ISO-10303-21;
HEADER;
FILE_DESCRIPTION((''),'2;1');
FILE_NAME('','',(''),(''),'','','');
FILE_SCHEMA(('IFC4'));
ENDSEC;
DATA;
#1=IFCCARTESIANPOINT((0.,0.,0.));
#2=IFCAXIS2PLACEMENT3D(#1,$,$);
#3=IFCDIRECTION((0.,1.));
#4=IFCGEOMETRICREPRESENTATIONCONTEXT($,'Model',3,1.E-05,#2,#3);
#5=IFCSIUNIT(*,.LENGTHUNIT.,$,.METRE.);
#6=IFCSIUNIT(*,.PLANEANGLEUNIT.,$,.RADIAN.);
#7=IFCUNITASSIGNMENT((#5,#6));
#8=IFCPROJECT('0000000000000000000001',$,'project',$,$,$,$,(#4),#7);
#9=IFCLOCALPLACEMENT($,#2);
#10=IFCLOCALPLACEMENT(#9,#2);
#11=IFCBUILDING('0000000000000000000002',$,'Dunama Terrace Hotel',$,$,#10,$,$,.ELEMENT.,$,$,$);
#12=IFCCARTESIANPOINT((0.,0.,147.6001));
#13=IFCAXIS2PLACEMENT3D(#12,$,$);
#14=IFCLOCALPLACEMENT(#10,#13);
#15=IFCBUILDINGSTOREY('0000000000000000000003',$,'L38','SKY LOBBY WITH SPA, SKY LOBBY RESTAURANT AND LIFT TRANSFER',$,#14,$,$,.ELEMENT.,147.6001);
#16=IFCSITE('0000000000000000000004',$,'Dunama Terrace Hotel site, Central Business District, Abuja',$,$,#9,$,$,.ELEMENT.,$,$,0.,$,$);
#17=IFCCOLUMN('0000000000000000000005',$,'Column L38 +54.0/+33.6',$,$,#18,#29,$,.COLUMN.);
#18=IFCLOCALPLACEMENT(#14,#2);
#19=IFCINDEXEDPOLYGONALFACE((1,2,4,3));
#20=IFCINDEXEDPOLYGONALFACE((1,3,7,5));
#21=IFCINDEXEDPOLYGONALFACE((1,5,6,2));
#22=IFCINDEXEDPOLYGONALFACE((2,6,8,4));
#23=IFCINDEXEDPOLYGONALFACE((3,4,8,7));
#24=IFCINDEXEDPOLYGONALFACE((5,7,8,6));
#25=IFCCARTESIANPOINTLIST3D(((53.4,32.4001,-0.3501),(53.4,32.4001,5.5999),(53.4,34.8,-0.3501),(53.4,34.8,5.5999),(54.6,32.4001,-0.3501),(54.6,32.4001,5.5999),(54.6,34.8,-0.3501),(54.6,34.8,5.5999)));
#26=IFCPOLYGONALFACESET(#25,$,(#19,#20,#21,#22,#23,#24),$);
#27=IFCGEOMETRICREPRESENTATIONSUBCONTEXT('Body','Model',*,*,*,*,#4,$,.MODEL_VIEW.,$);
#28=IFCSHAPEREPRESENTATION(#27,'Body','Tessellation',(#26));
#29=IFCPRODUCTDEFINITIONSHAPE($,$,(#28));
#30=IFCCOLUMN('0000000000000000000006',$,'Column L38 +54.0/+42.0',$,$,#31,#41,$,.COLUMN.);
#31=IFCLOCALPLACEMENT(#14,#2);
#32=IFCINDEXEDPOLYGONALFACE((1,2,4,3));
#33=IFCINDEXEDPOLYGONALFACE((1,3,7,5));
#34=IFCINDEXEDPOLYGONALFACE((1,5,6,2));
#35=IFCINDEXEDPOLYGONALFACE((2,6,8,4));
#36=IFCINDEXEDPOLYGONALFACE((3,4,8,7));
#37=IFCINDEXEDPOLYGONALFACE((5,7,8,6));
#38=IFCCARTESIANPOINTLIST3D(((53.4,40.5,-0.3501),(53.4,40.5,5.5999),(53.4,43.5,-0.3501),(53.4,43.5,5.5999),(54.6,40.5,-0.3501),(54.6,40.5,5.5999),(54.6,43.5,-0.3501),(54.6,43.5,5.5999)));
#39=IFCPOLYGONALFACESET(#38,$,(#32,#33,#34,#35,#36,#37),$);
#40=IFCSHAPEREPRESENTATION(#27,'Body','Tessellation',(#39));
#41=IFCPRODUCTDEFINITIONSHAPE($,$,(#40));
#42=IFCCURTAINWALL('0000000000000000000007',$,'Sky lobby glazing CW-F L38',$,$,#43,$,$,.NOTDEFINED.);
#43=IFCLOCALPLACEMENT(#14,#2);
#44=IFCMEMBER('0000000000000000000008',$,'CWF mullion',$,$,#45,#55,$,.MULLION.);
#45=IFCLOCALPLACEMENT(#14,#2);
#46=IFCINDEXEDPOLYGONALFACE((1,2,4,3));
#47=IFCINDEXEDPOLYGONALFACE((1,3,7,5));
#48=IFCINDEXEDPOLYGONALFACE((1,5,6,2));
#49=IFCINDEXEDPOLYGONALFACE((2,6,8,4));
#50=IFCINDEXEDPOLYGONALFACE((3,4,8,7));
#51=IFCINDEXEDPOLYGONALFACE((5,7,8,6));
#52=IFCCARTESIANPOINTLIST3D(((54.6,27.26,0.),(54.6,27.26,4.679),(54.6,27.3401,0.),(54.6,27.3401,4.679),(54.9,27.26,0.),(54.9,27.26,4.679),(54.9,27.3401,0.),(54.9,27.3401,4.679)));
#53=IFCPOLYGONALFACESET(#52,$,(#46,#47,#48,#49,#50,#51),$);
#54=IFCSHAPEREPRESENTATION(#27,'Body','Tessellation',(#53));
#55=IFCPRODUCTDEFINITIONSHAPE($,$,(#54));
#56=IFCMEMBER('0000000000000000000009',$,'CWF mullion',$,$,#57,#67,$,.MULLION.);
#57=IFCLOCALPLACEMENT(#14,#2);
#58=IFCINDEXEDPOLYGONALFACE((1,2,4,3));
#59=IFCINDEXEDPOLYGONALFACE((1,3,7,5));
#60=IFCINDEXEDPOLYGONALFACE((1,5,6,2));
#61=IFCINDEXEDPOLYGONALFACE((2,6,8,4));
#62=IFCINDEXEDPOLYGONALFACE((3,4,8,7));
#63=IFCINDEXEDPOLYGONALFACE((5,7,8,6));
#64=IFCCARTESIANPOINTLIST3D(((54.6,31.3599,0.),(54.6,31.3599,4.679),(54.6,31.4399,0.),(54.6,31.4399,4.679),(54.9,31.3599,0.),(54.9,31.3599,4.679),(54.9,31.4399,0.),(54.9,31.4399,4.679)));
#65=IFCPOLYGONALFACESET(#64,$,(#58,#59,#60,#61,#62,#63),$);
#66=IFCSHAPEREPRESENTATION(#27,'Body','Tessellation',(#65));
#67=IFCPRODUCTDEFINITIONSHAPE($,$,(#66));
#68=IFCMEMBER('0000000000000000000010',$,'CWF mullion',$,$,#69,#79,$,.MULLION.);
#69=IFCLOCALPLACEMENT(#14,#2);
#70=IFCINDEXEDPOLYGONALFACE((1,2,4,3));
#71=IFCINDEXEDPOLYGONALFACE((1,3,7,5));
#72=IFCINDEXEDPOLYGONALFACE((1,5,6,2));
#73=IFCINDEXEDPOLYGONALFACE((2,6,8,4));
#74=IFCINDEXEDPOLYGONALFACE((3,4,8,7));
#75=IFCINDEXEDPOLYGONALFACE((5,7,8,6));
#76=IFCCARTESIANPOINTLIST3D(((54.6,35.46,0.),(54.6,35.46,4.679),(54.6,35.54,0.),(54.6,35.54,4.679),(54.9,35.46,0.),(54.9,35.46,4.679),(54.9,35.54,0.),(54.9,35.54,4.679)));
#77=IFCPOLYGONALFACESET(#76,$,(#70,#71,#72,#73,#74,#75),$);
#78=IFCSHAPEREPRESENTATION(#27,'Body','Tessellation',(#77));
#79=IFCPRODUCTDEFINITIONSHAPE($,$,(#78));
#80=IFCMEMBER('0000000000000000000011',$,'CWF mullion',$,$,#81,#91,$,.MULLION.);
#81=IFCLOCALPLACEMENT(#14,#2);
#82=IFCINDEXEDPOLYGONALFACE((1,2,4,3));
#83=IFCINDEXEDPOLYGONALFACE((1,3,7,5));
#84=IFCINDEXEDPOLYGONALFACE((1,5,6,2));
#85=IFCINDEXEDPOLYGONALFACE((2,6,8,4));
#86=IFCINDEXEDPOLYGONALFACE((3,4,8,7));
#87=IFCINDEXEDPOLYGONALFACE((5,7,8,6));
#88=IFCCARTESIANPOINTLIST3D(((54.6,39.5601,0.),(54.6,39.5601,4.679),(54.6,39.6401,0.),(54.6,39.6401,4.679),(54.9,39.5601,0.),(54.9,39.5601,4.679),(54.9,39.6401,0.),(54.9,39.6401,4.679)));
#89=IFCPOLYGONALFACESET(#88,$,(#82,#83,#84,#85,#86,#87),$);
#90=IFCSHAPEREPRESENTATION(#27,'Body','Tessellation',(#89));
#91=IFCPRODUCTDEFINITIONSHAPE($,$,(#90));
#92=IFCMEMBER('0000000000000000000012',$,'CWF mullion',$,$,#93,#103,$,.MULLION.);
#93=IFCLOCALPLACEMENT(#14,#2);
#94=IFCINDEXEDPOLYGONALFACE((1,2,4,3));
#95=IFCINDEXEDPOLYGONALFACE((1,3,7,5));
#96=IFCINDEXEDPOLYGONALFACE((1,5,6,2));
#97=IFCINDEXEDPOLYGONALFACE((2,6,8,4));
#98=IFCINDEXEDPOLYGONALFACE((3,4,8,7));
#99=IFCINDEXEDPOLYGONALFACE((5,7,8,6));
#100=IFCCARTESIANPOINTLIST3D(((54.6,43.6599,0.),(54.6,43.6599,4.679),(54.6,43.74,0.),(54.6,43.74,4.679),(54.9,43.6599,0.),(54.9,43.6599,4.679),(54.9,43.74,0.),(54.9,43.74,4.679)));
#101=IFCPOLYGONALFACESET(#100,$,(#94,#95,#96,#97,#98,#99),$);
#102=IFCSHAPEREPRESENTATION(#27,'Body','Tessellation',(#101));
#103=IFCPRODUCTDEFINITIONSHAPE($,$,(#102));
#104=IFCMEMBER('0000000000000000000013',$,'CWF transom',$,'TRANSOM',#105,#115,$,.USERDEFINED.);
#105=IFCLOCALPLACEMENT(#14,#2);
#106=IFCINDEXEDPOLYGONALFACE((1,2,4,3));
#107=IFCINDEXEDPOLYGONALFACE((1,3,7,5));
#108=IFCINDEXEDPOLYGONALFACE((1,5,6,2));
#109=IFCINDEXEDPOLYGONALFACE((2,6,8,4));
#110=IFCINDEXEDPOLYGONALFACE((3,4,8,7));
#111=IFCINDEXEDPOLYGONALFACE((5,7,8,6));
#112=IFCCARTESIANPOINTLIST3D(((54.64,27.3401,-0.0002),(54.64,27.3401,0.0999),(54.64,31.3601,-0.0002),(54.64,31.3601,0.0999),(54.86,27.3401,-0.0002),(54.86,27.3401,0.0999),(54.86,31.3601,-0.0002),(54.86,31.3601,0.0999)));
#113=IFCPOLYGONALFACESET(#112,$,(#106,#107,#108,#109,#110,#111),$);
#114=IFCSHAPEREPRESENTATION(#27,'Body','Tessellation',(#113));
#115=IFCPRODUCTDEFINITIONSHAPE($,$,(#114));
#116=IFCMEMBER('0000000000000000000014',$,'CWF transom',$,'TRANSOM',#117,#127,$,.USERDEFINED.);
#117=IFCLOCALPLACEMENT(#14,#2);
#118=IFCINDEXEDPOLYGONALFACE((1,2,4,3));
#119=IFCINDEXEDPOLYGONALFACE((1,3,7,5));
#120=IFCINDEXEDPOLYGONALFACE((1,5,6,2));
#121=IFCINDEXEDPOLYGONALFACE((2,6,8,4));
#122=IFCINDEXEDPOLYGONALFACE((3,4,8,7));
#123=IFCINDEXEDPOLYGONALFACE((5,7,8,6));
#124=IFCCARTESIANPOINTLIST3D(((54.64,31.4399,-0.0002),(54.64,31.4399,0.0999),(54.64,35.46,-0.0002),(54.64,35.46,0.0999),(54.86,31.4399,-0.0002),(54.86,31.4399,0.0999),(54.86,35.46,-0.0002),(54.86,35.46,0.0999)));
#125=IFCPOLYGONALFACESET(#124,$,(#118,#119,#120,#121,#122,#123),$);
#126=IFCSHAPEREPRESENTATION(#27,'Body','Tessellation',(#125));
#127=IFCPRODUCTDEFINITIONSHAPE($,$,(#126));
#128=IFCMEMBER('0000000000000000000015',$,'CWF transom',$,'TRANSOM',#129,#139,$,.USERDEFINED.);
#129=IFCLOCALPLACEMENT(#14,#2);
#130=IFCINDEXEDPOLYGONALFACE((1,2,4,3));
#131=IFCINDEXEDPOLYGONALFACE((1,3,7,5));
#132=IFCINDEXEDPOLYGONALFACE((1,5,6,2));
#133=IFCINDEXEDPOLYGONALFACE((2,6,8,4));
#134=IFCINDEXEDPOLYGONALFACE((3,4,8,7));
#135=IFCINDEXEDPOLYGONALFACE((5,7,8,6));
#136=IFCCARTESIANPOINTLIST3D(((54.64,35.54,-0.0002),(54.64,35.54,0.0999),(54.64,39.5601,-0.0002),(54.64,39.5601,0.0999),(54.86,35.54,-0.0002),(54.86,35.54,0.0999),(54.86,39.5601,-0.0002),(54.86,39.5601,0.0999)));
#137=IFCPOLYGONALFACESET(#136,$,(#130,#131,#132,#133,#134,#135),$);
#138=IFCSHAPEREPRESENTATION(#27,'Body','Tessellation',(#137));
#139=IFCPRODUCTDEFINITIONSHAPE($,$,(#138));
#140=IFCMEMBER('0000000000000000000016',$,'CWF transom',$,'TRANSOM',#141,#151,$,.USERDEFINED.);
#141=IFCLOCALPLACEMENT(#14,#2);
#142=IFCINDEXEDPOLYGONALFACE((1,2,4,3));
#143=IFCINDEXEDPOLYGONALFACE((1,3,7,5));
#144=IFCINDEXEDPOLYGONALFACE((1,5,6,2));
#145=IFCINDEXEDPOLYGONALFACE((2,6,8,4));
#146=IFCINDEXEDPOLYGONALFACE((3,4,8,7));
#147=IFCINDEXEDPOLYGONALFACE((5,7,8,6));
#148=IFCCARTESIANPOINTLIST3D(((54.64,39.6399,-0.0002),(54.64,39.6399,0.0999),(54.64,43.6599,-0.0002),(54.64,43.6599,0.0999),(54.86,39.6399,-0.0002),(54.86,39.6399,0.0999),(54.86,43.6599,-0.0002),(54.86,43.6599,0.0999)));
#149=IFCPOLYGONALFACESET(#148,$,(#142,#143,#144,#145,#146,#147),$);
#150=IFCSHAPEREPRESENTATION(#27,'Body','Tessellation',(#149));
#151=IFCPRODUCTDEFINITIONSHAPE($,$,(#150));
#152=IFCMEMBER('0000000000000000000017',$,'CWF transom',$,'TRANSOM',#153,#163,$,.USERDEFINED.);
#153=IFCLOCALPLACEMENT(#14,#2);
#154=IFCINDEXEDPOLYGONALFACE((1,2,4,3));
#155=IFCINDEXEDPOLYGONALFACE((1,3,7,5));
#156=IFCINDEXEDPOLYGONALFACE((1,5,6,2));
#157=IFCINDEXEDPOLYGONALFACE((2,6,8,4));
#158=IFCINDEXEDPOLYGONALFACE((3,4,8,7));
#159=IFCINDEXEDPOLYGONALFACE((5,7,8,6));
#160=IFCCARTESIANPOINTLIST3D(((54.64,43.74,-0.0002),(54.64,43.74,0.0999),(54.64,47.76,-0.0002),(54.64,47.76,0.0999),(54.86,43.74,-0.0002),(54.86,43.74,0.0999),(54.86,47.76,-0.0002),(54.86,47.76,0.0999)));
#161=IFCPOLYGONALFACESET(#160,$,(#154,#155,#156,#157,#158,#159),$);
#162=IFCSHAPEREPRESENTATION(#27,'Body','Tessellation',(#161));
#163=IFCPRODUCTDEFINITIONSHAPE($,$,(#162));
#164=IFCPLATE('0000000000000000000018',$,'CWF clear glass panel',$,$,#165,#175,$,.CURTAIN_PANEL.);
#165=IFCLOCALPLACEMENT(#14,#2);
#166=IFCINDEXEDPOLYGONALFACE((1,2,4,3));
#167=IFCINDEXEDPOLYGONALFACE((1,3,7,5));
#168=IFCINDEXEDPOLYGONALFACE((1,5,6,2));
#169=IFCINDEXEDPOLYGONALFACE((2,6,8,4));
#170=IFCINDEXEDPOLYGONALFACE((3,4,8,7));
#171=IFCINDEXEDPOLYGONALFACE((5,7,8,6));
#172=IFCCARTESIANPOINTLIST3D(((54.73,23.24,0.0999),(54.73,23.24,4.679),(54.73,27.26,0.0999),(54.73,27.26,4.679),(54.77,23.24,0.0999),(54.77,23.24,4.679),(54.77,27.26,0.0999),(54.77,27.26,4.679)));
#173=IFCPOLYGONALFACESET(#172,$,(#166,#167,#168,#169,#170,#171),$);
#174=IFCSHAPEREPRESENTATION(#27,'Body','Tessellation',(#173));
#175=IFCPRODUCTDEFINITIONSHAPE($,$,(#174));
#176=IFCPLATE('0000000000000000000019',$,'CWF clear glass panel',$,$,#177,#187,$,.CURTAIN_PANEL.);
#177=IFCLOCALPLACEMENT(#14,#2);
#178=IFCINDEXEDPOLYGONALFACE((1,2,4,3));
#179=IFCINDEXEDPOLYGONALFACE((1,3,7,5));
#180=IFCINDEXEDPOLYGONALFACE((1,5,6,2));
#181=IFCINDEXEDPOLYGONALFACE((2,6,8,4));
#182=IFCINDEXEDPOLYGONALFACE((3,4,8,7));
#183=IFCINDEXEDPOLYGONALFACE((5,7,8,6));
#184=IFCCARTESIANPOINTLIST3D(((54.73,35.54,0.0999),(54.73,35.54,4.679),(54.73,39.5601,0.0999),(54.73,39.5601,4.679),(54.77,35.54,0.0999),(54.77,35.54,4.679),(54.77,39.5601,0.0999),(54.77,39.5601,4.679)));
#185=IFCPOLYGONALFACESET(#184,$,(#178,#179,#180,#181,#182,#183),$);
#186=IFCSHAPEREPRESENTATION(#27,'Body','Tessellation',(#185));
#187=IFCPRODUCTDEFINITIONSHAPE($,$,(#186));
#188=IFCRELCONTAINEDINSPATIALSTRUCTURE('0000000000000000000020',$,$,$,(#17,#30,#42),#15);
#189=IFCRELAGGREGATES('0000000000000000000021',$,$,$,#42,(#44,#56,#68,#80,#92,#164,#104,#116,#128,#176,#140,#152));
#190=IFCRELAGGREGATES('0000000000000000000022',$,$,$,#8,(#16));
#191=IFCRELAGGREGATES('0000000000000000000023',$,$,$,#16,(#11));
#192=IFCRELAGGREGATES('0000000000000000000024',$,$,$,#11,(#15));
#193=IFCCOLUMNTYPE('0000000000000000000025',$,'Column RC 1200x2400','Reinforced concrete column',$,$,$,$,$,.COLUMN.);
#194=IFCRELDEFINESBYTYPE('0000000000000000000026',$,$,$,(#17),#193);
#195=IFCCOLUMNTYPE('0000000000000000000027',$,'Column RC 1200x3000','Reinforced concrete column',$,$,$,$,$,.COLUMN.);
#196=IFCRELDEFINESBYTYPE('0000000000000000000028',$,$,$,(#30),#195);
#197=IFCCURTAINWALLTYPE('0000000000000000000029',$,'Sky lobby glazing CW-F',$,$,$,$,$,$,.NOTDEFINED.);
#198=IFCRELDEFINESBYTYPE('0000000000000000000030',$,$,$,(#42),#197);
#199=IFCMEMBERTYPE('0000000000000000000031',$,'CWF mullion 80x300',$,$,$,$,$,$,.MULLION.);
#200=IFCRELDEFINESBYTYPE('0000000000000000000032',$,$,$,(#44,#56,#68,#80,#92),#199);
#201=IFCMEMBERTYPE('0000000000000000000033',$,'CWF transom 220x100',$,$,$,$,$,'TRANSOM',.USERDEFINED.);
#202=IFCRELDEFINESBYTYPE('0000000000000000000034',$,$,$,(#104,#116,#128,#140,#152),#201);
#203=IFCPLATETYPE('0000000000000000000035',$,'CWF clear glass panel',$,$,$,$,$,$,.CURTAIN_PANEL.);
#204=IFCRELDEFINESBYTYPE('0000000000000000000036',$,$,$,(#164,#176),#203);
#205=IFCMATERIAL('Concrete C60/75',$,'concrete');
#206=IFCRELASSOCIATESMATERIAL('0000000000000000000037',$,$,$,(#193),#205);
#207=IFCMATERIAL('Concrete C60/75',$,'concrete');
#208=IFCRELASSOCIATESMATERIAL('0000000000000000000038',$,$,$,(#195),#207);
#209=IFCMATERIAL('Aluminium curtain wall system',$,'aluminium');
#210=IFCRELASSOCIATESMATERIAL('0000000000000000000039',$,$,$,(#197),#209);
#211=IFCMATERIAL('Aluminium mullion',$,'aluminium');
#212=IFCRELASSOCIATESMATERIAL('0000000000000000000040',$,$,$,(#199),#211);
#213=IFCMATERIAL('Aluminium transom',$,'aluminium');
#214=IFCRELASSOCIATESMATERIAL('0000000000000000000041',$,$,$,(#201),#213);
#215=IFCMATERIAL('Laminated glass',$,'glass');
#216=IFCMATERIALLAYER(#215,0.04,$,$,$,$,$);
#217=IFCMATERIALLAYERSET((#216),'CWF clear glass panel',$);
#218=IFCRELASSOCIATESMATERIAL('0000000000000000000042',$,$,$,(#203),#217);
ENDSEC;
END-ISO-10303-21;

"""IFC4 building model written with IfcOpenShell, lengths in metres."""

from ifc_helpers import new_model, si_unit, direction, frame, origin, origin_2d, place, context, subcontext, project, spatial, rectangle, extrude, material, layer, layer_set, material_profile, profile_set, type_object, element, aggregate, save


model = new_model("IFC4")

# Units and contexts
model_context = context("Model", 3, precision=1e-05, world=origin(), true_north=direction((0.0, 1.0)))
body_context = subcontext(model_context, "Body", "Model", "MODEL_VIEW")
ifc_project = project(units=[si_unit("LENGTHUNIT", "METRE"), si_unit("PLANEANGLEUNIT", "RADIAN")], contexts=[model_context])

# Site, building, storey
site_placement = place(None, origin())
site = spatial("IfcSite", under=ifc_project, at=site_placement, Name="Dunama Terrace Hotel site, Central Business District, Abuja", CompositionType="ELEMENT", RefElevation=0.0)
building_placement = place(site_placement, origin())
building = spatial("IfcBuilding", under=site, at=building_placement, Name="Dunama Terrace Hotel", CompositionType="ELEMENT")
storey_placement = place(building_placement, frame((0.0, 0.0, 147.6001)))
storey = spatial("IfcBuildingStorey", under=building, at=storey_placement, Name="L38", Description="SKY LOBBY WITH SPA, SKY LOBBY RESTAURANT AND LIFT TRANSFER", CompositionType="ELEMENT", Elevation=147.6001)

# Columns
ifc_material_1 = material(Name="Concrete C60/75", Category="concrete")
ifc_material_profile_1 = material_profile(ifc_material_1, rectangle(XDim=1.2, YDim=2.3999, at=origin_2d()), Name="RC 1200x2400")
ifc_profile_set_1 = profile_set([ifc_material_profile_1], Name="Concrete C60/75")
column_type_1 = type_object("IfcColumnType", Name="Column RC 1200x2400", Description="Reinforced concrete column", PredefinedType="COLUMN", material=ifc_profile_set_1)
column_1_placement = place(storey_placement, frame((54.0, 33.6001, -0.3501), z_axis=(0.0, 0.0, 1.0), x_axis=(1.0, 0.0, 0.0)))
element("IfcColumn", 1, at=column_1_placement, inside=storey, type_object=column_type_1, Name="Column L38 +54.0/+33.6", PredefinedType="COLUMN", context=body_context, shape_type="SweptSolid", body=[
    extrude(rectangle(XDim=1.2, YDim=2.3999, at=origin_2d()), origin(), (0.0, 0.0, 1.0), 5.95),
])
ifc_material_2 = material(Name="Concrete C60/75", Category="concrete")
ifc_material_profile_2 = material_profile(ifc_material_2, rectangle(XDim=1.2, YDim=3.0, at=origin_2d()), Name="RC 1200x3000")
ifc_profile_set_2 = profile_set([ifc_material_profile_2], Name="Concrete C60/75")
column_type_2 = type_object("IfcColumnType", Name="Column RC 1200x3000", Description="Reinforced concrete column", PredefinedType="COLUMN", material=ifc_profile_set_2)
column_2_placement = place(storey_placement, frame((54.0, 42.0, -0.3501), z_axis=(0.0, 0.0, 1.0), x_axis=(1.0, 0.0, 0.0)))
element("IfcColumn", 2, at=column_2_placement, inside=storey, type_object=column_type_2, Name="Column L38 +54.0/+42.0", PredefinedType="COLUMN", context=body_context, shape_type="SweptSolid", body=[
    extrude(rectangle(XDim=1.2, YDim=3.0, at=origin_2d()), origin(), (0.0, 0.0, 1.0), 5.95),
])

# Curtain wall, members, plates
ifc_material_3 = material(Name="Aluminium curtain wall system", Category="aluminium")
curtain_wall_type = type_object("IfcCurtainWallType", Name="Sky lobby glazing CW-F", PredefinedType="NOTDEFINED", material=ifc_material_3)
curtain_wall_placement = place(storey_placement, origin())
curtain_wall = element("IfcCurtainWall", 3, at=curtain_wall_placement, inside=storey, type_object=curtain_wall_type, Name="Sky lobby glazing CW-F L38", PredefinedType="NOTDEFINED")
ifc_material_4 = material(Name="Aluminium mullion", Category="aluminium")
ifc_material_profile_3 = material_profile(ifc_material_4, rectangle(XDim=0.0801, YDim=0.3, at=origin_2d()), Name="CWF MULLION 80X300")
ifc_profile_set_3 = profile_set([ifc_material_profile_3], Name="Aluminium mullion")
member_type_1 = type_object("IfcMemberType", Name="CWF mullion 80x300", PredefinedType="MULLION", material=ifc_profile_set_3)
member_1_placement = place(storey_placement, frame((54.75, 27.3, 0.0), z_axis=(0.0, 0.0, 1.0), x_axis=(0.0, 1.0, 0.0)))
member_1 = element("IfcMember", 4, at=member_1_placement, type_object=member_type_1, Name="CWF mullion", PredefinedType="MULLION", context=body_context, shape_type="SweptSolid", body=[
    extrude(rectangle(XDim=0.0801, YDim=0.3, at=origin_2d()), origin(), (0.0, 0.0, 1.0), 4.679),
])
member_2_placement = place(storey_placement, frame((54.75, 31.3999, 0.0), z_axis=(0.0, 0.0, 1.0), x_axis=(0.0, 1.0, 0.0)))
member_2 = element("IfcMember", 5, at=member_2_placement, type_object=member_type_1, Name="CWF mullion", PredefinedType="MULLION", context=body_context, shape_type="SweptSolid", body=[
    extrude(rectangle(XDim=0.0801, YDim=0.3, at=origin_2d()), origin(), (0.0, 0.0, 1.0), 4.679),
])
member_3_placement = place(storey_placement, frame((54.75, 35.5, 0.0), z_axis=(0.0, 0.0, 1.0), x_axis=(0.0, 1.0, 0.0)))
member_3 = element("IfcMember", 6, at=member_3_placement, type_object=member_type_1, Name="CWF mullion", PredefinedType="MULLION", context=body_context, shape_type="SweptSolid", body=[
    extrude(rectangle(XDim=0.0801, YDim=0.3, at=origin_2d()), origin(), (0.0, 0.0, 1.0), 4.679),
])
member_4_placement = place(storey_placement, frame((54.75, 39.6001, 0.0), z_axis=(0.0, 0.0, 1.0), x_axis=(0.0, 1.0, 0.0)))
member_4 = element("IfcMember", 7, at=member_4_placement, type_object=member_type_1, Name="CWF mullion", PredefinedType="MULLION", context=body_context, shape_type="SweptSolid", body=[
    extrude(rectangle(XDim=0.0801, YDim=0.3, at=origin_2d()), origin(), (0.0, 0.0, 1.0), 4.679),
])
member_5_placement = place(storey_placement, frame((54.75, 43.7, 0.0), z_axis=(0.0, 0.0, 1.0), x_axis=(0.0, 1.0, 0.0)))
member_5 = element("IfcMember", 8, at=member_5_placement, type_object=member_type_1, Name="CWF mullion", PredefinedType="MULLION", context=body_context, shape_type="SweptSolid", body=[
    extrude(rectangle(XDim=0.0801, YDim=0.3, at=origin_2d()), origin(), (0.0, 0.0, 1.0), 4.679),
])
ifc_material_5 = material(Name="Aluminium transom", Category="aluminium")
ifc_material_profile_4 = material_profile(ifc_material_5, rectangle(XDim=0.22, YDim=0.1001, at=origin_2d()), Name="CWF TRANSOM 220X100")
ifc_profile_set_4 = profile_set([ifc_material_profile_4], Name="Aluminium transom")
member_type_2 = type_object("IfcMemberType", Name="CWF transom 220x100", ElementType="TRANSOM", PredefinedType="USERDEFINED", material=ifc_profile_set_4)
member_6_placement = place(storey_placement, frame((54.75, 27.3401, 0.0498), z_axis=(0.0, 1.0, 0.0), x_axis=(-1.0, 0.0, 0.0)))
member_6 = element("IfcMember", 9, at=member_6_placement, type_object=member_type_2, Name="CWF transom", ObjectType="TRANSOM", PredefinedType="USERDEFINED", context=body_context, shape_type="SweptSolid", body=[
    extrude(rectangle(XDim=0.22, YDim=0.1001, at=origin_2d()), origin(), (0.0, 0.0, 1.0), 4.02),
])
member_7_placement = place(storey_placement, frame((54.75, 31.4399, 0.0498), z_axis=(0.0, 1.0, 0.0), x_axis=(-1.0, 0.0, 0.0)))
member_7 = element("IfcMember", 10, at=member_7_placement, type_object=member_type_2, Name="CWF transom", ObjectType="TRANSOM", PredefinedType="USERDEFINED", context=body_context, shape_type="SweptSolid", body=[
    extrude(rectangle(XDim=0.22, YDim=0.1001, at=origin_2d()), origin(), (0.0, 0.0, 1.0), 4.02),
])
member_8_placement = place(storey_placement, frame((54.75, 35.54, 0.0498), z_axis=(0.0, 1.0, 0.0), x_axis=(-1.0, 0.0, 0.0)))
member_8 = element("IfcMember", 11, at=member_8_placement, type_object=member_type_2, Name="CWF transom", ObjectType="TRANSOM", PredefinedType="USERDEFINED", context=body_context, shape_type="SweptSolid", body=[
    extrude(rectangle(XDim=0.22, YDim=0.1001, at=origin_2d()), origin(), (0.0, 0.0, 1.0), 4.02),
])
member_9_placement = place(storey_placement, frame((54.75, 39.6399, 0.0498), z_axis=(0.0, 1.0, 0.0), x_axis=(-1.0, 0.0, 0.0)))
member_9 = element("IfcMember", 12, at=member_9_placement, type_object=member_type_2, Name="CWF transom", ObjectType="TRANSOM", PredefinedType="USERDEFINED", context=body_context, shape_type="SweptSolid", body=[
    extrude(rectangle(XDim=0.22, YDim=0.1001, at=origin_2d()), origin(), (0.0, 0.0, 1.0), 4.02),
])
member_10_placement = place(storey_placement, frame((54.75, 43.74, 0.0498), z_axis=(0.0, 1.0, 0.0), x_axis=(-1.0, 0.0, 0.0)))
member_10 = element("IfcMember", 13, at=member_10_placement, type_object=member_type_2, Name="CWF transom", ObjectType="TRANSOM", PredefinedType="USERDEFINED", context=body_context, shape_type="SweptSolid", body=[
    extrude(rectangle(XDim=0.22, YDim=0.1001, at=origin_2d()), origin(), (0.0, 0.0, 1.0), 4.02),
])
ifc_material_6 = material(Name="Laminated glass", Category="glass")
ifc_layer_1 = layer(ifc_material_6, 0.04)
ifc_layer_set_1 = layer_set([ifc_layer_1], Name="CWF clear glass panel")
plate_type_1 = type_object("IfcPlateType", Name="CWF clear glass panel", PredefinedType="CURTAIN_PANEL", material=ifc_layer_set_1)
plate_1_placement = place(storey_placement, frame((54.75, 25.25, 0.0999), z_axis=(0.0, 0.0, 1.0), x_axis=(0.0, 1.0, 0.0)))
plate_1 = element("IfcPlate", 14, at=plate_1_placement, type_object=plate_type_1, Name="CWF clear glass panel", PredefinedType="CURTAIN_PANEL", context=body_context, shape_type="SweptSolid", body=[
    extrude(rectangle(XDim=4.02, YDim=0.04, at=origin_2d()), origin(), (0.0, 0.0, 1.0), 4.5791),
])
plate_2_placement = place(storey_placement, frame((54.75, 37.55, 0.0999), z_axis=(0.0, 0.0, 1.0), x_axis=(0.0, 1.0, 0.0)))
plate_2 = element("IfcPlate", 15, at=plate_2_placement, type_object=plate_type_1, Name="CWF clear glass panel", PredefinedType="CURTAIN_PANEL", context=body_context, shape_type="SweptSolid", body=[
    extrude(rectangle(XDim=4.02, YDim=0.04, at=origin_2d()), origin(), (0.0, 0.0, 1.0), 4.5791),
])
aggregate(curtain_wall, [member_1, member_2, member_3, member_4, member_5, plate_1, member_6, member_7, member_8, plate_2, member_9, member_10])

save(model, "model.ifc")
